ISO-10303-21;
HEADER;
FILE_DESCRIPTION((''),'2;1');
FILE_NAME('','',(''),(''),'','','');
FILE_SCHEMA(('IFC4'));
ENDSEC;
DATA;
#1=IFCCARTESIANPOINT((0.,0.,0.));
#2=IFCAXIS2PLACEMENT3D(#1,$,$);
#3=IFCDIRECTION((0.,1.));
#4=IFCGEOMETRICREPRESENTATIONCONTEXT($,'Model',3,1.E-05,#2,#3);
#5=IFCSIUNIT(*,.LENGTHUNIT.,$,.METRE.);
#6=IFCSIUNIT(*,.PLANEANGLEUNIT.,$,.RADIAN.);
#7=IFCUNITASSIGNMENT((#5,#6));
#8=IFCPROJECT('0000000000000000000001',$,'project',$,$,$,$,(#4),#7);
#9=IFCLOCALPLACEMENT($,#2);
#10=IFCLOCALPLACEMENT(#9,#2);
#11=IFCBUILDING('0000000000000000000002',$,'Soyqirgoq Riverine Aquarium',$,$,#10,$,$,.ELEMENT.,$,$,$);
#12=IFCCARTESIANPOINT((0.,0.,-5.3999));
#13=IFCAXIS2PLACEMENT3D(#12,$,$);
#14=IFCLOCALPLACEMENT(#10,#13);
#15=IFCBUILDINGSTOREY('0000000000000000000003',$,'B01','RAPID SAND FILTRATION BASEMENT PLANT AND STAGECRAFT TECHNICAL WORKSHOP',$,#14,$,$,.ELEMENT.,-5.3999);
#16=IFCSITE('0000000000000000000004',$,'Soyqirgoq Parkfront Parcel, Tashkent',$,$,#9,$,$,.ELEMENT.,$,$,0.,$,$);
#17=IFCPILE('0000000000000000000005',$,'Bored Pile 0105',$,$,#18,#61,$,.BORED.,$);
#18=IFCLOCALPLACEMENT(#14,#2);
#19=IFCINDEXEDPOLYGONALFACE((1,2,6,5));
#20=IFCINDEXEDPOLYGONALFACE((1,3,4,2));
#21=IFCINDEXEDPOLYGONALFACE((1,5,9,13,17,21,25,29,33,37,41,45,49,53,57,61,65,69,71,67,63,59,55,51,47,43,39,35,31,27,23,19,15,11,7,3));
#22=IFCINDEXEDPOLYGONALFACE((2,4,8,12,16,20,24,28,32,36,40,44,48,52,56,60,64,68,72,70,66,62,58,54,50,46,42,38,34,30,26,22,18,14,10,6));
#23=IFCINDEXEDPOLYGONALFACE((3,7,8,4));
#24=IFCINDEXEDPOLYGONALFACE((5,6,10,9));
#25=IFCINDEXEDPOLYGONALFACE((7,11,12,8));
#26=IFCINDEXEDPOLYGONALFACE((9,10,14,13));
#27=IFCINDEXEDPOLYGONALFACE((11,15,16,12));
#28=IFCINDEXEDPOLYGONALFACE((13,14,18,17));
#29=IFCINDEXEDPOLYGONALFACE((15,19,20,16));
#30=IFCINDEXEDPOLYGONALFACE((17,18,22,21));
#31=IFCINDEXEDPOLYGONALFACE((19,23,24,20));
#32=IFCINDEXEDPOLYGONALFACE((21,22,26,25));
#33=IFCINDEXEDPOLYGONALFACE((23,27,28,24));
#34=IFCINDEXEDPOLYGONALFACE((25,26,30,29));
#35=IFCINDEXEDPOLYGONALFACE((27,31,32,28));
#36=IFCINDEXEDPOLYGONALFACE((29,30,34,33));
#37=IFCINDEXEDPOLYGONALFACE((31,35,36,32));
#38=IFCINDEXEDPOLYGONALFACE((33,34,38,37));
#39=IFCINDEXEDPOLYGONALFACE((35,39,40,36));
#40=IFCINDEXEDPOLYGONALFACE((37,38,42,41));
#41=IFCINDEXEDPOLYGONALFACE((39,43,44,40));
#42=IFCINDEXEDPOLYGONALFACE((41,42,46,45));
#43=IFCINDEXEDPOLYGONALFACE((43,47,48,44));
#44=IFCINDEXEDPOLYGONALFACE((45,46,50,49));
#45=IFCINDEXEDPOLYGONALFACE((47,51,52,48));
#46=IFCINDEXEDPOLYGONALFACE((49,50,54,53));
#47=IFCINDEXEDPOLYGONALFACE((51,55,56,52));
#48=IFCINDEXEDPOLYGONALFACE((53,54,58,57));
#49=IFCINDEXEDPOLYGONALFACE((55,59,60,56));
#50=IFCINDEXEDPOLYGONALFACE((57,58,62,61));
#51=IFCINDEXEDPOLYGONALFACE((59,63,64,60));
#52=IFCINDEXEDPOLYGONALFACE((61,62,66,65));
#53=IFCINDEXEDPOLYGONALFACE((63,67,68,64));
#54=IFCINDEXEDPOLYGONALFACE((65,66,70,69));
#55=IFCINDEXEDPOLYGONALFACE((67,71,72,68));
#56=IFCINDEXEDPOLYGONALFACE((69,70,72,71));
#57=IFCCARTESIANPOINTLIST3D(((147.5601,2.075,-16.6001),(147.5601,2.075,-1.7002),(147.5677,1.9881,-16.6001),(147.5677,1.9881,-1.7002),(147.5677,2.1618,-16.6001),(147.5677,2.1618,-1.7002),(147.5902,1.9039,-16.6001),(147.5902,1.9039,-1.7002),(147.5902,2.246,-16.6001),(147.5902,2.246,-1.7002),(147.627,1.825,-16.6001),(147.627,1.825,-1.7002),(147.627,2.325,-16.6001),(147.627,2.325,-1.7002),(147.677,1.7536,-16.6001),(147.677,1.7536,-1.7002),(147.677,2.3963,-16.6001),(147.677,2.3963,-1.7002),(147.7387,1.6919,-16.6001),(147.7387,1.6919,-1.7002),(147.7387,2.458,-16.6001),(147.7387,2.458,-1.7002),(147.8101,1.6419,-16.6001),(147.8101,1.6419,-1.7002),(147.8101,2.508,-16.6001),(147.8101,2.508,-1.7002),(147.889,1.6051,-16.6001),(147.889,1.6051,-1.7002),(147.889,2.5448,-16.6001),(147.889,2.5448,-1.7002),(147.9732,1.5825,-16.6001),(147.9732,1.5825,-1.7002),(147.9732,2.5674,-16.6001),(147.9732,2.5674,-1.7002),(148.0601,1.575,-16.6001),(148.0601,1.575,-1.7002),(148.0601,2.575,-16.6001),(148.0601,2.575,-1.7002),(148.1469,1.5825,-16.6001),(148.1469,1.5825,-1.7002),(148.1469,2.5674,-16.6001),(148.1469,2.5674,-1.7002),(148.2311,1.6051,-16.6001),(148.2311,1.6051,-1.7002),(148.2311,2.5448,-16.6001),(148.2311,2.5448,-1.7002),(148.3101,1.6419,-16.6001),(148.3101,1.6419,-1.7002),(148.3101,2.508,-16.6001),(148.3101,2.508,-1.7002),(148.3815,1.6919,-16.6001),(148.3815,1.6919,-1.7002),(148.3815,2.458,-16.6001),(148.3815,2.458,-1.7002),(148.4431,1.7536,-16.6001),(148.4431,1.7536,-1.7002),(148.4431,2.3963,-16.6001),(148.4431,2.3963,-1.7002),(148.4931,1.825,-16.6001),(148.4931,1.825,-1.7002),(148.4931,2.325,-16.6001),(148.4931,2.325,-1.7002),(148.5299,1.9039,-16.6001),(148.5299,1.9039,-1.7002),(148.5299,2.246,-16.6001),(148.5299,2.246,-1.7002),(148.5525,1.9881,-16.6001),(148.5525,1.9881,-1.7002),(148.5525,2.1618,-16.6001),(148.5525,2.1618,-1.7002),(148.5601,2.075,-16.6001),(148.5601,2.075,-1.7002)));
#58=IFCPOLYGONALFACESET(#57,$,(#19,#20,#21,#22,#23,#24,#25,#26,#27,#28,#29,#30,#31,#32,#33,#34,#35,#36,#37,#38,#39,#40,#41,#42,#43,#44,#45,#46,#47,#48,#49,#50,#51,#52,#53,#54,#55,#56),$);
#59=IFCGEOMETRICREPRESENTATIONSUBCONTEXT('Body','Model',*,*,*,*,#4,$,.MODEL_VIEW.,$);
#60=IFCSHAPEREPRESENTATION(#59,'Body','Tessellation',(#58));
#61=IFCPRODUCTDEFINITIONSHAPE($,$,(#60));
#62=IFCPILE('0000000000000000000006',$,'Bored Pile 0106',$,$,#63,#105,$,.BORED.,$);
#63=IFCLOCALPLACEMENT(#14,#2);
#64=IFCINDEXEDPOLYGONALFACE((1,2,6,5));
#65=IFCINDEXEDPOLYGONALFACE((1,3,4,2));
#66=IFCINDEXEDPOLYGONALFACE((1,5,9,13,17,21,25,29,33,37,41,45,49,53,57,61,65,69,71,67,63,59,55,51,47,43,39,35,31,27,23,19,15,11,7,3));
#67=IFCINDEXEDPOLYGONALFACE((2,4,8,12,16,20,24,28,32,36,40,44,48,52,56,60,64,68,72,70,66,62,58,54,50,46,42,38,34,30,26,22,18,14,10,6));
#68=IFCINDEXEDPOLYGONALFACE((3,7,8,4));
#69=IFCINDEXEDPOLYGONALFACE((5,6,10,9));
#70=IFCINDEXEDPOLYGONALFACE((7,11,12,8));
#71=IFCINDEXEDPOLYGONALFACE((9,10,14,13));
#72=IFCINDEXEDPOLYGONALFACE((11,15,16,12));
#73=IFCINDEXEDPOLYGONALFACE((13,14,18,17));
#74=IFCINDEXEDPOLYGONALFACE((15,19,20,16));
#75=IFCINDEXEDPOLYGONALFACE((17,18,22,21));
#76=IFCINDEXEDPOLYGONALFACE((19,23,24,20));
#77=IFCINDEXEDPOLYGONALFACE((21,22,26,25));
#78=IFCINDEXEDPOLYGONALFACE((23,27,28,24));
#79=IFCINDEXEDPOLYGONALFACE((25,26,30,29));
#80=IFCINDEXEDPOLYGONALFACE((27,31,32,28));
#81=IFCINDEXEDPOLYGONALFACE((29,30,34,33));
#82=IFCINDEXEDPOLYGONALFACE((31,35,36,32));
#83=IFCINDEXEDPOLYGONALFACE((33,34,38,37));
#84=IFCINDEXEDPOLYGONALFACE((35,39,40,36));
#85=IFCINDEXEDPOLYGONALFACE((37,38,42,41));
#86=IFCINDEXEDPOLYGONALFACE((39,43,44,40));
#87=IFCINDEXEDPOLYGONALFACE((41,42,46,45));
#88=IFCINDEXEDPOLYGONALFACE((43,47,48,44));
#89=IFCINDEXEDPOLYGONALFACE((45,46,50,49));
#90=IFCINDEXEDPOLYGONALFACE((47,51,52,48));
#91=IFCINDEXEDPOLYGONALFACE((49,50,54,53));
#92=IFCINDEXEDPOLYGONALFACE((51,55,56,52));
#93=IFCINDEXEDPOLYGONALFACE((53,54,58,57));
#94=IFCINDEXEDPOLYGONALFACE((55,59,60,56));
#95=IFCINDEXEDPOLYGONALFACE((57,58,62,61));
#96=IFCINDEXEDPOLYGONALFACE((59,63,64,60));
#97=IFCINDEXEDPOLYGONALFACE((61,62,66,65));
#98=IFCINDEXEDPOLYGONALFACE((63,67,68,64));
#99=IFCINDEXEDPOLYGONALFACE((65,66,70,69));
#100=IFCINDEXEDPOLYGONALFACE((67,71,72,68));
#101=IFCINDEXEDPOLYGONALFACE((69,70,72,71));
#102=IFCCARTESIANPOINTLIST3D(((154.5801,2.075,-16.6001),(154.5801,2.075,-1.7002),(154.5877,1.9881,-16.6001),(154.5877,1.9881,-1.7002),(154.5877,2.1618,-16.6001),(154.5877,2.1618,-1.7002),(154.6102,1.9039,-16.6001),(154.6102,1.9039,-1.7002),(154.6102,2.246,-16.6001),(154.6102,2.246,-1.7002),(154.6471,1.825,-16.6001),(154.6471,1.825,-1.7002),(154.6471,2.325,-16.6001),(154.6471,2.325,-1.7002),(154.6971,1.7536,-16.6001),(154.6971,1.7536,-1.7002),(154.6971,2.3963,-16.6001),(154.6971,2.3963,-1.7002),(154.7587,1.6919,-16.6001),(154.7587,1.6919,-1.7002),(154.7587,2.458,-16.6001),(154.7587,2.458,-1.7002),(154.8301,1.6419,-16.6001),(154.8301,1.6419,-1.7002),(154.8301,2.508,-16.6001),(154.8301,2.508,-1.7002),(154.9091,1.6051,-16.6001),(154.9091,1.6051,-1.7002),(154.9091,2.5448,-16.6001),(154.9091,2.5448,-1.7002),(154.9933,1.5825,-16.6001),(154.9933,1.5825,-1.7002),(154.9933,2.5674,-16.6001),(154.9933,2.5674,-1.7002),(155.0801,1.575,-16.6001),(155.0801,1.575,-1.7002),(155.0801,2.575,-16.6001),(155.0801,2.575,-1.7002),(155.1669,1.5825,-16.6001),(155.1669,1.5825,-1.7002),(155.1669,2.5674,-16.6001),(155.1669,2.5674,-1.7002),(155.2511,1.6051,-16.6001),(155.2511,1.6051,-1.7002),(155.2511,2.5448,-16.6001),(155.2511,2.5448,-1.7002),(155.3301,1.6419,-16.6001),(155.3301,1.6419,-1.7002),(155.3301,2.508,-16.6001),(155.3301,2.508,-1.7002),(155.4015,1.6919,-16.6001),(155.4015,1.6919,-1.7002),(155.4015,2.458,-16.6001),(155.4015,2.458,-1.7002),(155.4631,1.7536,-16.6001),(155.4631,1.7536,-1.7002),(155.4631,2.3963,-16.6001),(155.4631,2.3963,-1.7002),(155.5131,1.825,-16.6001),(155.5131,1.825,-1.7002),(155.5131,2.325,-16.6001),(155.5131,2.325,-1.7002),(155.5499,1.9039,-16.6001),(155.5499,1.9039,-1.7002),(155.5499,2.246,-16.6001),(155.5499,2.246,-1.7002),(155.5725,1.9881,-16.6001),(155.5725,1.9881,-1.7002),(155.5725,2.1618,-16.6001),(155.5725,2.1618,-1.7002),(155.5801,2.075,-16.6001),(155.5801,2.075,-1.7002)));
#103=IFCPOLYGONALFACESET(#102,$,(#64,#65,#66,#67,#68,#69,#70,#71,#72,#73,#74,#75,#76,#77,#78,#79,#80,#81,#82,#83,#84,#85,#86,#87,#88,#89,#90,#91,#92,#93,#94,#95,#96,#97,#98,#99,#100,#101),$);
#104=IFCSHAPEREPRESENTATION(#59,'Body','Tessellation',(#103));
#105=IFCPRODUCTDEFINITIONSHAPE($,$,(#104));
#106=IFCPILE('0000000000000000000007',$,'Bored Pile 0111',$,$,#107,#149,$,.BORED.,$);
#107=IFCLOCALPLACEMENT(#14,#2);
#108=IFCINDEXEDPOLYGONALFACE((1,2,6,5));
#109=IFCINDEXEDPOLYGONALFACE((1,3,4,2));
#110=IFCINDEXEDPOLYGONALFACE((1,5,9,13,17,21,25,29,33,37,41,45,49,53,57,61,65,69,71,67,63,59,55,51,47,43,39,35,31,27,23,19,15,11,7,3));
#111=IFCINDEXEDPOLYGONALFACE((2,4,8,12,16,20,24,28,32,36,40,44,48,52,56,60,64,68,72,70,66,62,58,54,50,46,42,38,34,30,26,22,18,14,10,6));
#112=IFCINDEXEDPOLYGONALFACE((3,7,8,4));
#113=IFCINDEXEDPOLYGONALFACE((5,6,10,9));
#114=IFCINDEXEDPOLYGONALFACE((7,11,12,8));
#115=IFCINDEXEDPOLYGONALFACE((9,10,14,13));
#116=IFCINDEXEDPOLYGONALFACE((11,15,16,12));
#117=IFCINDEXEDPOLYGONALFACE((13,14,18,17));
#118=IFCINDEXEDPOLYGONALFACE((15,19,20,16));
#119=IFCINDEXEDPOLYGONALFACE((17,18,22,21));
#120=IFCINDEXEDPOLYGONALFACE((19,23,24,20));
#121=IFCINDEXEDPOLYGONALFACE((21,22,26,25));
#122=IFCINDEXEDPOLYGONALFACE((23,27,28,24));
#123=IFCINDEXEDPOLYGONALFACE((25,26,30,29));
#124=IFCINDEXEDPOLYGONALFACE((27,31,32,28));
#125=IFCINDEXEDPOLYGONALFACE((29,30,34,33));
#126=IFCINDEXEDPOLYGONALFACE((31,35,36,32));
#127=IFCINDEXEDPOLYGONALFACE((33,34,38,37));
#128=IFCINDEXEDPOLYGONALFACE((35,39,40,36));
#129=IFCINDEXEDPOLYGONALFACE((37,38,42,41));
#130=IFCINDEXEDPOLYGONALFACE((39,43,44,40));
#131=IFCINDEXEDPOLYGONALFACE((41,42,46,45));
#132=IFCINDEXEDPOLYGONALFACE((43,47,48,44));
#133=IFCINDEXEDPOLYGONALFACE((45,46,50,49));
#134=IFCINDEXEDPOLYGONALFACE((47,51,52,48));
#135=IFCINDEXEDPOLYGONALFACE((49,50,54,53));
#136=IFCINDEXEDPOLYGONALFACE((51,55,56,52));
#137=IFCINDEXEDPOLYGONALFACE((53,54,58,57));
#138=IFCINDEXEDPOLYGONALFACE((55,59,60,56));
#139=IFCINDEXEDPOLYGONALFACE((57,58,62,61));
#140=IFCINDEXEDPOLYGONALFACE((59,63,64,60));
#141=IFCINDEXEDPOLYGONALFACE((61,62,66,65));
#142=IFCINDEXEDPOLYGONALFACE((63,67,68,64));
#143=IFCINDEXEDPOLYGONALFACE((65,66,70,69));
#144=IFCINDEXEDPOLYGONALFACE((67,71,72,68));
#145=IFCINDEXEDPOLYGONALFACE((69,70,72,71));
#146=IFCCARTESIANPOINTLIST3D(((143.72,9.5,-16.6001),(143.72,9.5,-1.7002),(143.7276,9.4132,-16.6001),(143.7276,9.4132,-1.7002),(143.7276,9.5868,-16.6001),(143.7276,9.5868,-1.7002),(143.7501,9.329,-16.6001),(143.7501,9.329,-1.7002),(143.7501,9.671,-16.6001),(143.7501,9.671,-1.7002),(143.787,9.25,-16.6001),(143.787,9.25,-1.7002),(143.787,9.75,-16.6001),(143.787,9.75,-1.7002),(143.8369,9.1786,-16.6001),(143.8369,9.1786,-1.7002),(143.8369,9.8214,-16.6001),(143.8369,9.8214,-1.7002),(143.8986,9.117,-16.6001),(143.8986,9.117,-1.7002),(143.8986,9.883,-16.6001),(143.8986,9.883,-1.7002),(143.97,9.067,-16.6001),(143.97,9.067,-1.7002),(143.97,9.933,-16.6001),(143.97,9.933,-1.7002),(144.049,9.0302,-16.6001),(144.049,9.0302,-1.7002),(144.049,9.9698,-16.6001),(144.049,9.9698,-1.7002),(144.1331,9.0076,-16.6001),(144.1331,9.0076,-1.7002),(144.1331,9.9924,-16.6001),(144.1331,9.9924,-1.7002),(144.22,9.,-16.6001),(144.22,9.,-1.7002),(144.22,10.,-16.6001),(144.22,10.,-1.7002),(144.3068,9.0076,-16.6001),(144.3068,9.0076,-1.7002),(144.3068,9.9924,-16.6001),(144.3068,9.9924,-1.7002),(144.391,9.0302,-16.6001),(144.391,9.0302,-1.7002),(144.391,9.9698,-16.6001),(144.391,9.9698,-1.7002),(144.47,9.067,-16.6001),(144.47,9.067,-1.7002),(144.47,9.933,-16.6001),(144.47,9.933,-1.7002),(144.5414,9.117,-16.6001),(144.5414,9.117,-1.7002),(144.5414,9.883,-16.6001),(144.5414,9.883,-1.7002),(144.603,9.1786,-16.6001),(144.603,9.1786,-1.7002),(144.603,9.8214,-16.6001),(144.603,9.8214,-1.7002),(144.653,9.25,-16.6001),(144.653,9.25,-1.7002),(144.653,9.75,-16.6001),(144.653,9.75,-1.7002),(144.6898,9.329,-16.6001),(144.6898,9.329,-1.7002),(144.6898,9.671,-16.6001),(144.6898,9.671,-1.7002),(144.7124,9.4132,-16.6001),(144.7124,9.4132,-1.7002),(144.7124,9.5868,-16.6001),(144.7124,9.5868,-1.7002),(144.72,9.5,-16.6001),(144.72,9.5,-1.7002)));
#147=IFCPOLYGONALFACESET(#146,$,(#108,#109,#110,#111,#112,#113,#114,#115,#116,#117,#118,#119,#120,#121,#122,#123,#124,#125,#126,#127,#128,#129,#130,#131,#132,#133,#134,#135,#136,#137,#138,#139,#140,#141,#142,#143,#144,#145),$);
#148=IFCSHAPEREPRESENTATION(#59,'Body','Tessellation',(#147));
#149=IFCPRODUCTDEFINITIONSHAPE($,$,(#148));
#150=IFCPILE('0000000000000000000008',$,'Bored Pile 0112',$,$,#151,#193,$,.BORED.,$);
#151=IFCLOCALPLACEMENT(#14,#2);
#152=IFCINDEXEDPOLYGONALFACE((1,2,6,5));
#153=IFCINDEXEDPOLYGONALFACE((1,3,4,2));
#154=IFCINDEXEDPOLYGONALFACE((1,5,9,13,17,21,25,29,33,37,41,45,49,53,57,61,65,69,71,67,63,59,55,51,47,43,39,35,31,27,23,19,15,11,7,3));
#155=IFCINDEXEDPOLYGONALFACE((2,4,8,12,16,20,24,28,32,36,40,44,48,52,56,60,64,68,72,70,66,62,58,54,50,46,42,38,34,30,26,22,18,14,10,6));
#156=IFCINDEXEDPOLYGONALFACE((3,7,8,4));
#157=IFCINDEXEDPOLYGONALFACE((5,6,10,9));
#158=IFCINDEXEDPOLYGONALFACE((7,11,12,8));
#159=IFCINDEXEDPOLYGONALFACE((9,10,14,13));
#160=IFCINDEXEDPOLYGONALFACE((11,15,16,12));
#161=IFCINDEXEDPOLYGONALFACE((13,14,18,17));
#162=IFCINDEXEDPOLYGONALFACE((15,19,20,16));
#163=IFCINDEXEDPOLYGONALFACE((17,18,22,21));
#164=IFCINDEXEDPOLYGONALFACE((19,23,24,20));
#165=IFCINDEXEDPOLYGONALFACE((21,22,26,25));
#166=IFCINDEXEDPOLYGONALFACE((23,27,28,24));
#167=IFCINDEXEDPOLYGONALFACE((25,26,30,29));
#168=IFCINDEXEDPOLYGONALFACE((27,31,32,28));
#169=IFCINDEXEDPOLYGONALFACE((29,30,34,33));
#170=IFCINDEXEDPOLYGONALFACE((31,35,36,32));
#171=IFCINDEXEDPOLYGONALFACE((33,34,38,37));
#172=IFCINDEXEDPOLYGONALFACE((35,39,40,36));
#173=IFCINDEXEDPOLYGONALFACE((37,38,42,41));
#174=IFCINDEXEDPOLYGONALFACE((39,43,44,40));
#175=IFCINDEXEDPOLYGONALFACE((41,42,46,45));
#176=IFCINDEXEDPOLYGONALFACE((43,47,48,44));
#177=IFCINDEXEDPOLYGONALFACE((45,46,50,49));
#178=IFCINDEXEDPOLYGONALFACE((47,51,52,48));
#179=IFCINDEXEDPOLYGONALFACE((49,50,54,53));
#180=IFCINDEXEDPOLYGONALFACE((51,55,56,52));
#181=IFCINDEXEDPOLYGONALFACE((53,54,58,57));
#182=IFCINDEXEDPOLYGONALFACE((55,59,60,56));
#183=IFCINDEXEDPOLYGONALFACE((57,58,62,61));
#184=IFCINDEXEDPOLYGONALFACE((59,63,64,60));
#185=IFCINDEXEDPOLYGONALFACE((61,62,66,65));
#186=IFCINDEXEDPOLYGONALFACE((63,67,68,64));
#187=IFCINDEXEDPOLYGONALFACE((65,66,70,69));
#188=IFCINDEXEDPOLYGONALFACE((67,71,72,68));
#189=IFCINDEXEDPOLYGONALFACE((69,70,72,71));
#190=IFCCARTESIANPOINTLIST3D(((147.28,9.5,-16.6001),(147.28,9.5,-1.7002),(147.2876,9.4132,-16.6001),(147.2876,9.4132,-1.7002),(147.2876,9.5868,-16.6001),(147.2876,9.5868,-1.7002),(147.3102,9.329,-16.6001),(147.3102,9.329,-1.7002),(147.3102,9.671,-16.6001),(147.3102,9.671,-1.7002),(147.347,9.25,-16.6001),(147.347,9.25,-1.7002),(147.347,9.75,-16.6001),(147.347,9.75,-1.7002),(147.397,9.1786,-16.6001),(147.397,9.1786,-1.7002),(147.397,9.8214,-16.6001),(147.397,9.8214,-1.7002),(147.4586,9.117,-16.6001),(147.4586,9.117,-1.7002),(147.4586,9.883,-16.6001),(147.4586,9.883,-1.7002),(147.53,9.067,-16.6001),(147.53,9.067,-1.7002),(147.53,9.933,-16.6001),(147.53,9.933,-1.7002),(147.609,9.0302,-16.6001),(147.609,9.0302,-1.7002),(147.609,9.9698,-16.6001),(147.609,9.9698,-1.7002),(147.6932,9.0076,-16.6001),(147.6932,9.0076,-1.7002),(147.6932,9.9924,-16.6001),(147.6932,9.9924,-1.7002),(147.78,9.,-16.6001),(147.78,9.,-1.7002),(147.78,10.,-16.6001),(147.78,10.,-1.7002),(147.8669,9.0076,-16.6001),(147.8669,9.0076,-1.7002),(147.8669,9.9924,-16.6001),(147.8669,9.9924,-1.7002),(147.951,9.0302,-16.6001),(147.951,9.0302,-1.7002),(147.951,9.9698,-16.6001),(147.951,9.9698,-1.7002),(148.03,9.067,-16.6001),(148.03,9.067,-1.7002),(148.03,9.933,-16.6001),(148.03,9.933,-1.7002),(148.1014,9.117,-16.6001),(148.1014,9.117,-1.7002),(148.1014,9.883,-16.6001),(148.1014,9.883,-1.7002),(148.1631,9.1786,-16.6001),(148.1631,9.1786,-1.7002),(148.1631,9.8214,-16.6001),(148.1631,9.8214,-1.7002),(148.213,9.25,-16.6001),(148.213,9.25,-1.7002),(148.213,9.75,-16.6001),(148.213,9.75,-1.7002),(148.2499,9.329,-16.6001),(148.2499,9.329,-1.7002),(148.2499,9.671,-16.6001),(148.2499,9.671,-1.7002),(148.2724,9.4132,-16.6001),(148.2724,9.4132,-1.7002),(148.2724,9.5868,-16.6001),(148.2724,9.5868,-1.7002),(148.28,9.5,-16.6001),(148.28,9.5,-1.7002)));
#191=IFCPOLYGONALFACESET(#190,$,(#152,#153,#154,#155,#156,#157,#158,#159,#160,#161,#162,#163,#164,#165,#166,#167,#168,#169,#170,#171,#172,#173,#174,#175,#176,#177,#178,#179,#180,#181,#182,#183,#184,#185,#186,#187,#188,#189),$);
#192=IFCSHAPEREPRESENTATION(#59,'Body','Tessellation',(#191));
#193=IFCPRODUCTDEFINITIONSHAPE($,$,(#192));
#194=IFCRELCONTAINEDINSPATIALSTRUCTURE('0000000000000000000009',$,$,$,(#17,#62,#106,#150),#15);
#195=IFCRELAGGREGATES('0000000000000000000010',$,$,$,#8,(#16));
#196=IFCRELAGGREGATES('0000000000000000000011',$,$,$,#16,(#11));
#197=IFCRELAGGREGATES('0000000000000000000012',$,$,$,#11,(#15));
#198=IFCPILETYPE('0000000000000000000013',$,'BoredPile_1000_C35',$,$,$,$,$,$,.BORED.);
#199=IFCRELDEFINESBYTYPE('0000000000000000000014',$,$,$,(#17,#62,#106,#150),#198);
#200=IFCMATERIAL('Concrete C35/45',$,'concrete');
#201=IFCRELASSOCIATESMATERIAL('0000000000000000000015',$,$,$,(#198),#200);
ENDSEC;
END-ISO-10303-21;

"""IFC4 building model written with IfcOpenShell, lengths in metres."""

from ifc_helpers import new_model, si_unit, direction, frame, origin, origin_2d, place, context, subcontext, project, spatial, circle, extrude, material, material_profile, profile_set, type_object, element, save


model = new_model("IFC4")

# Units and contexts
model_context = context("Model", 3, precision=1e-05, world=origin(), true_north=direction((0.0, 1.0)))
body_context = subcontext(model_context, "Body", "Model", "MODEL_VIEW")
ifc_project = project(units=[si_unit("LENGTHUNIT", "METRE"), si_unit("PLANEANGLEUNIT", "RADIAN")], contexts=[model_context])

# Site, building, storey
site_placement = place(None, origin())
site = spatial("IfcSite", under=ifc_project, at=site_placement, Name="Soyqirgoq Parkfront Parcel, Tashkent", CompositionType="ELEMENT", RefElevation=0.0)
building_placement = place(site_placement, origin())
building = spatial("IfcBuilding", under=site, at=building_placement, Name="Soyqirgoq Riverine Aquarium", CompositionType="ELEMENT")
storey_placement = place(building_placement, frame((0.0, 0.0, -5.3999)))
storey = spatial("IfcBuildingStorey", under=building, at=storey_placement, Name="B01", Description="RAPID SAND FILTRATION BASEMENT PLANT AND STAGECRAFT TECHNICAL WORKSHOP", CompositionType="ELEMENT", Elevation=-5.3999)

# Piles
ifc_material_1 = material(Name="Concrete C35/45", Category="concrete")
ifc_material_profile_1 = material_profile(ifc_material_1, circle(Radius=0.5, at=origin_2d()), Name="BP D1000")
ifc_profile_set_1 = profile_set([ifc_material_profile_1], Name="Concrete C35/45")
pile_type = type_object("IfcPileType", Name="BoredPile_1000_C35", PredefinedType="BORED", material=ifc_profile_set_1)
for number, where, z_axis, x_axis, name in (
    (1, (148.0601, 2.075, -1.7002), (0.0, 0.0, -1.0), (1.0, 0.0, 0.0), "Bored Pile 0105"),
    (2, (155.0801, 2.075, -1.7002), (0.0, 0.0, -1.0), (1.0, 0.0, 0.0), "Bored Pile 0106"),
    (3, (144.22, 9.5, -1.7002), (0.0, 0.0, -1.0), (1.0, 0.0, 0.0), "Bored Pile 0111"),
    (4, (147.78, 9.5, -1.7002), (0.0, 0.0, -1.0), (1.0, 0.0, 0.0), "Bored Pile 0112"),
):
    element("IfcPile", number, at=place(storey_placement, frame(where, z_axis=z_axis, x_axis=x_axis)), inside=storey, type_object=pile_type, Name=name, PredefinedType="BORED", context=body_context, shape_type="SweptSolid", body=[
        extrude(circle(Radius=0.5, at=origin_2d()), origin(), (0.0, 0.0, 1.0), 14.8999),
    ])

save(model, "model.ifc")
